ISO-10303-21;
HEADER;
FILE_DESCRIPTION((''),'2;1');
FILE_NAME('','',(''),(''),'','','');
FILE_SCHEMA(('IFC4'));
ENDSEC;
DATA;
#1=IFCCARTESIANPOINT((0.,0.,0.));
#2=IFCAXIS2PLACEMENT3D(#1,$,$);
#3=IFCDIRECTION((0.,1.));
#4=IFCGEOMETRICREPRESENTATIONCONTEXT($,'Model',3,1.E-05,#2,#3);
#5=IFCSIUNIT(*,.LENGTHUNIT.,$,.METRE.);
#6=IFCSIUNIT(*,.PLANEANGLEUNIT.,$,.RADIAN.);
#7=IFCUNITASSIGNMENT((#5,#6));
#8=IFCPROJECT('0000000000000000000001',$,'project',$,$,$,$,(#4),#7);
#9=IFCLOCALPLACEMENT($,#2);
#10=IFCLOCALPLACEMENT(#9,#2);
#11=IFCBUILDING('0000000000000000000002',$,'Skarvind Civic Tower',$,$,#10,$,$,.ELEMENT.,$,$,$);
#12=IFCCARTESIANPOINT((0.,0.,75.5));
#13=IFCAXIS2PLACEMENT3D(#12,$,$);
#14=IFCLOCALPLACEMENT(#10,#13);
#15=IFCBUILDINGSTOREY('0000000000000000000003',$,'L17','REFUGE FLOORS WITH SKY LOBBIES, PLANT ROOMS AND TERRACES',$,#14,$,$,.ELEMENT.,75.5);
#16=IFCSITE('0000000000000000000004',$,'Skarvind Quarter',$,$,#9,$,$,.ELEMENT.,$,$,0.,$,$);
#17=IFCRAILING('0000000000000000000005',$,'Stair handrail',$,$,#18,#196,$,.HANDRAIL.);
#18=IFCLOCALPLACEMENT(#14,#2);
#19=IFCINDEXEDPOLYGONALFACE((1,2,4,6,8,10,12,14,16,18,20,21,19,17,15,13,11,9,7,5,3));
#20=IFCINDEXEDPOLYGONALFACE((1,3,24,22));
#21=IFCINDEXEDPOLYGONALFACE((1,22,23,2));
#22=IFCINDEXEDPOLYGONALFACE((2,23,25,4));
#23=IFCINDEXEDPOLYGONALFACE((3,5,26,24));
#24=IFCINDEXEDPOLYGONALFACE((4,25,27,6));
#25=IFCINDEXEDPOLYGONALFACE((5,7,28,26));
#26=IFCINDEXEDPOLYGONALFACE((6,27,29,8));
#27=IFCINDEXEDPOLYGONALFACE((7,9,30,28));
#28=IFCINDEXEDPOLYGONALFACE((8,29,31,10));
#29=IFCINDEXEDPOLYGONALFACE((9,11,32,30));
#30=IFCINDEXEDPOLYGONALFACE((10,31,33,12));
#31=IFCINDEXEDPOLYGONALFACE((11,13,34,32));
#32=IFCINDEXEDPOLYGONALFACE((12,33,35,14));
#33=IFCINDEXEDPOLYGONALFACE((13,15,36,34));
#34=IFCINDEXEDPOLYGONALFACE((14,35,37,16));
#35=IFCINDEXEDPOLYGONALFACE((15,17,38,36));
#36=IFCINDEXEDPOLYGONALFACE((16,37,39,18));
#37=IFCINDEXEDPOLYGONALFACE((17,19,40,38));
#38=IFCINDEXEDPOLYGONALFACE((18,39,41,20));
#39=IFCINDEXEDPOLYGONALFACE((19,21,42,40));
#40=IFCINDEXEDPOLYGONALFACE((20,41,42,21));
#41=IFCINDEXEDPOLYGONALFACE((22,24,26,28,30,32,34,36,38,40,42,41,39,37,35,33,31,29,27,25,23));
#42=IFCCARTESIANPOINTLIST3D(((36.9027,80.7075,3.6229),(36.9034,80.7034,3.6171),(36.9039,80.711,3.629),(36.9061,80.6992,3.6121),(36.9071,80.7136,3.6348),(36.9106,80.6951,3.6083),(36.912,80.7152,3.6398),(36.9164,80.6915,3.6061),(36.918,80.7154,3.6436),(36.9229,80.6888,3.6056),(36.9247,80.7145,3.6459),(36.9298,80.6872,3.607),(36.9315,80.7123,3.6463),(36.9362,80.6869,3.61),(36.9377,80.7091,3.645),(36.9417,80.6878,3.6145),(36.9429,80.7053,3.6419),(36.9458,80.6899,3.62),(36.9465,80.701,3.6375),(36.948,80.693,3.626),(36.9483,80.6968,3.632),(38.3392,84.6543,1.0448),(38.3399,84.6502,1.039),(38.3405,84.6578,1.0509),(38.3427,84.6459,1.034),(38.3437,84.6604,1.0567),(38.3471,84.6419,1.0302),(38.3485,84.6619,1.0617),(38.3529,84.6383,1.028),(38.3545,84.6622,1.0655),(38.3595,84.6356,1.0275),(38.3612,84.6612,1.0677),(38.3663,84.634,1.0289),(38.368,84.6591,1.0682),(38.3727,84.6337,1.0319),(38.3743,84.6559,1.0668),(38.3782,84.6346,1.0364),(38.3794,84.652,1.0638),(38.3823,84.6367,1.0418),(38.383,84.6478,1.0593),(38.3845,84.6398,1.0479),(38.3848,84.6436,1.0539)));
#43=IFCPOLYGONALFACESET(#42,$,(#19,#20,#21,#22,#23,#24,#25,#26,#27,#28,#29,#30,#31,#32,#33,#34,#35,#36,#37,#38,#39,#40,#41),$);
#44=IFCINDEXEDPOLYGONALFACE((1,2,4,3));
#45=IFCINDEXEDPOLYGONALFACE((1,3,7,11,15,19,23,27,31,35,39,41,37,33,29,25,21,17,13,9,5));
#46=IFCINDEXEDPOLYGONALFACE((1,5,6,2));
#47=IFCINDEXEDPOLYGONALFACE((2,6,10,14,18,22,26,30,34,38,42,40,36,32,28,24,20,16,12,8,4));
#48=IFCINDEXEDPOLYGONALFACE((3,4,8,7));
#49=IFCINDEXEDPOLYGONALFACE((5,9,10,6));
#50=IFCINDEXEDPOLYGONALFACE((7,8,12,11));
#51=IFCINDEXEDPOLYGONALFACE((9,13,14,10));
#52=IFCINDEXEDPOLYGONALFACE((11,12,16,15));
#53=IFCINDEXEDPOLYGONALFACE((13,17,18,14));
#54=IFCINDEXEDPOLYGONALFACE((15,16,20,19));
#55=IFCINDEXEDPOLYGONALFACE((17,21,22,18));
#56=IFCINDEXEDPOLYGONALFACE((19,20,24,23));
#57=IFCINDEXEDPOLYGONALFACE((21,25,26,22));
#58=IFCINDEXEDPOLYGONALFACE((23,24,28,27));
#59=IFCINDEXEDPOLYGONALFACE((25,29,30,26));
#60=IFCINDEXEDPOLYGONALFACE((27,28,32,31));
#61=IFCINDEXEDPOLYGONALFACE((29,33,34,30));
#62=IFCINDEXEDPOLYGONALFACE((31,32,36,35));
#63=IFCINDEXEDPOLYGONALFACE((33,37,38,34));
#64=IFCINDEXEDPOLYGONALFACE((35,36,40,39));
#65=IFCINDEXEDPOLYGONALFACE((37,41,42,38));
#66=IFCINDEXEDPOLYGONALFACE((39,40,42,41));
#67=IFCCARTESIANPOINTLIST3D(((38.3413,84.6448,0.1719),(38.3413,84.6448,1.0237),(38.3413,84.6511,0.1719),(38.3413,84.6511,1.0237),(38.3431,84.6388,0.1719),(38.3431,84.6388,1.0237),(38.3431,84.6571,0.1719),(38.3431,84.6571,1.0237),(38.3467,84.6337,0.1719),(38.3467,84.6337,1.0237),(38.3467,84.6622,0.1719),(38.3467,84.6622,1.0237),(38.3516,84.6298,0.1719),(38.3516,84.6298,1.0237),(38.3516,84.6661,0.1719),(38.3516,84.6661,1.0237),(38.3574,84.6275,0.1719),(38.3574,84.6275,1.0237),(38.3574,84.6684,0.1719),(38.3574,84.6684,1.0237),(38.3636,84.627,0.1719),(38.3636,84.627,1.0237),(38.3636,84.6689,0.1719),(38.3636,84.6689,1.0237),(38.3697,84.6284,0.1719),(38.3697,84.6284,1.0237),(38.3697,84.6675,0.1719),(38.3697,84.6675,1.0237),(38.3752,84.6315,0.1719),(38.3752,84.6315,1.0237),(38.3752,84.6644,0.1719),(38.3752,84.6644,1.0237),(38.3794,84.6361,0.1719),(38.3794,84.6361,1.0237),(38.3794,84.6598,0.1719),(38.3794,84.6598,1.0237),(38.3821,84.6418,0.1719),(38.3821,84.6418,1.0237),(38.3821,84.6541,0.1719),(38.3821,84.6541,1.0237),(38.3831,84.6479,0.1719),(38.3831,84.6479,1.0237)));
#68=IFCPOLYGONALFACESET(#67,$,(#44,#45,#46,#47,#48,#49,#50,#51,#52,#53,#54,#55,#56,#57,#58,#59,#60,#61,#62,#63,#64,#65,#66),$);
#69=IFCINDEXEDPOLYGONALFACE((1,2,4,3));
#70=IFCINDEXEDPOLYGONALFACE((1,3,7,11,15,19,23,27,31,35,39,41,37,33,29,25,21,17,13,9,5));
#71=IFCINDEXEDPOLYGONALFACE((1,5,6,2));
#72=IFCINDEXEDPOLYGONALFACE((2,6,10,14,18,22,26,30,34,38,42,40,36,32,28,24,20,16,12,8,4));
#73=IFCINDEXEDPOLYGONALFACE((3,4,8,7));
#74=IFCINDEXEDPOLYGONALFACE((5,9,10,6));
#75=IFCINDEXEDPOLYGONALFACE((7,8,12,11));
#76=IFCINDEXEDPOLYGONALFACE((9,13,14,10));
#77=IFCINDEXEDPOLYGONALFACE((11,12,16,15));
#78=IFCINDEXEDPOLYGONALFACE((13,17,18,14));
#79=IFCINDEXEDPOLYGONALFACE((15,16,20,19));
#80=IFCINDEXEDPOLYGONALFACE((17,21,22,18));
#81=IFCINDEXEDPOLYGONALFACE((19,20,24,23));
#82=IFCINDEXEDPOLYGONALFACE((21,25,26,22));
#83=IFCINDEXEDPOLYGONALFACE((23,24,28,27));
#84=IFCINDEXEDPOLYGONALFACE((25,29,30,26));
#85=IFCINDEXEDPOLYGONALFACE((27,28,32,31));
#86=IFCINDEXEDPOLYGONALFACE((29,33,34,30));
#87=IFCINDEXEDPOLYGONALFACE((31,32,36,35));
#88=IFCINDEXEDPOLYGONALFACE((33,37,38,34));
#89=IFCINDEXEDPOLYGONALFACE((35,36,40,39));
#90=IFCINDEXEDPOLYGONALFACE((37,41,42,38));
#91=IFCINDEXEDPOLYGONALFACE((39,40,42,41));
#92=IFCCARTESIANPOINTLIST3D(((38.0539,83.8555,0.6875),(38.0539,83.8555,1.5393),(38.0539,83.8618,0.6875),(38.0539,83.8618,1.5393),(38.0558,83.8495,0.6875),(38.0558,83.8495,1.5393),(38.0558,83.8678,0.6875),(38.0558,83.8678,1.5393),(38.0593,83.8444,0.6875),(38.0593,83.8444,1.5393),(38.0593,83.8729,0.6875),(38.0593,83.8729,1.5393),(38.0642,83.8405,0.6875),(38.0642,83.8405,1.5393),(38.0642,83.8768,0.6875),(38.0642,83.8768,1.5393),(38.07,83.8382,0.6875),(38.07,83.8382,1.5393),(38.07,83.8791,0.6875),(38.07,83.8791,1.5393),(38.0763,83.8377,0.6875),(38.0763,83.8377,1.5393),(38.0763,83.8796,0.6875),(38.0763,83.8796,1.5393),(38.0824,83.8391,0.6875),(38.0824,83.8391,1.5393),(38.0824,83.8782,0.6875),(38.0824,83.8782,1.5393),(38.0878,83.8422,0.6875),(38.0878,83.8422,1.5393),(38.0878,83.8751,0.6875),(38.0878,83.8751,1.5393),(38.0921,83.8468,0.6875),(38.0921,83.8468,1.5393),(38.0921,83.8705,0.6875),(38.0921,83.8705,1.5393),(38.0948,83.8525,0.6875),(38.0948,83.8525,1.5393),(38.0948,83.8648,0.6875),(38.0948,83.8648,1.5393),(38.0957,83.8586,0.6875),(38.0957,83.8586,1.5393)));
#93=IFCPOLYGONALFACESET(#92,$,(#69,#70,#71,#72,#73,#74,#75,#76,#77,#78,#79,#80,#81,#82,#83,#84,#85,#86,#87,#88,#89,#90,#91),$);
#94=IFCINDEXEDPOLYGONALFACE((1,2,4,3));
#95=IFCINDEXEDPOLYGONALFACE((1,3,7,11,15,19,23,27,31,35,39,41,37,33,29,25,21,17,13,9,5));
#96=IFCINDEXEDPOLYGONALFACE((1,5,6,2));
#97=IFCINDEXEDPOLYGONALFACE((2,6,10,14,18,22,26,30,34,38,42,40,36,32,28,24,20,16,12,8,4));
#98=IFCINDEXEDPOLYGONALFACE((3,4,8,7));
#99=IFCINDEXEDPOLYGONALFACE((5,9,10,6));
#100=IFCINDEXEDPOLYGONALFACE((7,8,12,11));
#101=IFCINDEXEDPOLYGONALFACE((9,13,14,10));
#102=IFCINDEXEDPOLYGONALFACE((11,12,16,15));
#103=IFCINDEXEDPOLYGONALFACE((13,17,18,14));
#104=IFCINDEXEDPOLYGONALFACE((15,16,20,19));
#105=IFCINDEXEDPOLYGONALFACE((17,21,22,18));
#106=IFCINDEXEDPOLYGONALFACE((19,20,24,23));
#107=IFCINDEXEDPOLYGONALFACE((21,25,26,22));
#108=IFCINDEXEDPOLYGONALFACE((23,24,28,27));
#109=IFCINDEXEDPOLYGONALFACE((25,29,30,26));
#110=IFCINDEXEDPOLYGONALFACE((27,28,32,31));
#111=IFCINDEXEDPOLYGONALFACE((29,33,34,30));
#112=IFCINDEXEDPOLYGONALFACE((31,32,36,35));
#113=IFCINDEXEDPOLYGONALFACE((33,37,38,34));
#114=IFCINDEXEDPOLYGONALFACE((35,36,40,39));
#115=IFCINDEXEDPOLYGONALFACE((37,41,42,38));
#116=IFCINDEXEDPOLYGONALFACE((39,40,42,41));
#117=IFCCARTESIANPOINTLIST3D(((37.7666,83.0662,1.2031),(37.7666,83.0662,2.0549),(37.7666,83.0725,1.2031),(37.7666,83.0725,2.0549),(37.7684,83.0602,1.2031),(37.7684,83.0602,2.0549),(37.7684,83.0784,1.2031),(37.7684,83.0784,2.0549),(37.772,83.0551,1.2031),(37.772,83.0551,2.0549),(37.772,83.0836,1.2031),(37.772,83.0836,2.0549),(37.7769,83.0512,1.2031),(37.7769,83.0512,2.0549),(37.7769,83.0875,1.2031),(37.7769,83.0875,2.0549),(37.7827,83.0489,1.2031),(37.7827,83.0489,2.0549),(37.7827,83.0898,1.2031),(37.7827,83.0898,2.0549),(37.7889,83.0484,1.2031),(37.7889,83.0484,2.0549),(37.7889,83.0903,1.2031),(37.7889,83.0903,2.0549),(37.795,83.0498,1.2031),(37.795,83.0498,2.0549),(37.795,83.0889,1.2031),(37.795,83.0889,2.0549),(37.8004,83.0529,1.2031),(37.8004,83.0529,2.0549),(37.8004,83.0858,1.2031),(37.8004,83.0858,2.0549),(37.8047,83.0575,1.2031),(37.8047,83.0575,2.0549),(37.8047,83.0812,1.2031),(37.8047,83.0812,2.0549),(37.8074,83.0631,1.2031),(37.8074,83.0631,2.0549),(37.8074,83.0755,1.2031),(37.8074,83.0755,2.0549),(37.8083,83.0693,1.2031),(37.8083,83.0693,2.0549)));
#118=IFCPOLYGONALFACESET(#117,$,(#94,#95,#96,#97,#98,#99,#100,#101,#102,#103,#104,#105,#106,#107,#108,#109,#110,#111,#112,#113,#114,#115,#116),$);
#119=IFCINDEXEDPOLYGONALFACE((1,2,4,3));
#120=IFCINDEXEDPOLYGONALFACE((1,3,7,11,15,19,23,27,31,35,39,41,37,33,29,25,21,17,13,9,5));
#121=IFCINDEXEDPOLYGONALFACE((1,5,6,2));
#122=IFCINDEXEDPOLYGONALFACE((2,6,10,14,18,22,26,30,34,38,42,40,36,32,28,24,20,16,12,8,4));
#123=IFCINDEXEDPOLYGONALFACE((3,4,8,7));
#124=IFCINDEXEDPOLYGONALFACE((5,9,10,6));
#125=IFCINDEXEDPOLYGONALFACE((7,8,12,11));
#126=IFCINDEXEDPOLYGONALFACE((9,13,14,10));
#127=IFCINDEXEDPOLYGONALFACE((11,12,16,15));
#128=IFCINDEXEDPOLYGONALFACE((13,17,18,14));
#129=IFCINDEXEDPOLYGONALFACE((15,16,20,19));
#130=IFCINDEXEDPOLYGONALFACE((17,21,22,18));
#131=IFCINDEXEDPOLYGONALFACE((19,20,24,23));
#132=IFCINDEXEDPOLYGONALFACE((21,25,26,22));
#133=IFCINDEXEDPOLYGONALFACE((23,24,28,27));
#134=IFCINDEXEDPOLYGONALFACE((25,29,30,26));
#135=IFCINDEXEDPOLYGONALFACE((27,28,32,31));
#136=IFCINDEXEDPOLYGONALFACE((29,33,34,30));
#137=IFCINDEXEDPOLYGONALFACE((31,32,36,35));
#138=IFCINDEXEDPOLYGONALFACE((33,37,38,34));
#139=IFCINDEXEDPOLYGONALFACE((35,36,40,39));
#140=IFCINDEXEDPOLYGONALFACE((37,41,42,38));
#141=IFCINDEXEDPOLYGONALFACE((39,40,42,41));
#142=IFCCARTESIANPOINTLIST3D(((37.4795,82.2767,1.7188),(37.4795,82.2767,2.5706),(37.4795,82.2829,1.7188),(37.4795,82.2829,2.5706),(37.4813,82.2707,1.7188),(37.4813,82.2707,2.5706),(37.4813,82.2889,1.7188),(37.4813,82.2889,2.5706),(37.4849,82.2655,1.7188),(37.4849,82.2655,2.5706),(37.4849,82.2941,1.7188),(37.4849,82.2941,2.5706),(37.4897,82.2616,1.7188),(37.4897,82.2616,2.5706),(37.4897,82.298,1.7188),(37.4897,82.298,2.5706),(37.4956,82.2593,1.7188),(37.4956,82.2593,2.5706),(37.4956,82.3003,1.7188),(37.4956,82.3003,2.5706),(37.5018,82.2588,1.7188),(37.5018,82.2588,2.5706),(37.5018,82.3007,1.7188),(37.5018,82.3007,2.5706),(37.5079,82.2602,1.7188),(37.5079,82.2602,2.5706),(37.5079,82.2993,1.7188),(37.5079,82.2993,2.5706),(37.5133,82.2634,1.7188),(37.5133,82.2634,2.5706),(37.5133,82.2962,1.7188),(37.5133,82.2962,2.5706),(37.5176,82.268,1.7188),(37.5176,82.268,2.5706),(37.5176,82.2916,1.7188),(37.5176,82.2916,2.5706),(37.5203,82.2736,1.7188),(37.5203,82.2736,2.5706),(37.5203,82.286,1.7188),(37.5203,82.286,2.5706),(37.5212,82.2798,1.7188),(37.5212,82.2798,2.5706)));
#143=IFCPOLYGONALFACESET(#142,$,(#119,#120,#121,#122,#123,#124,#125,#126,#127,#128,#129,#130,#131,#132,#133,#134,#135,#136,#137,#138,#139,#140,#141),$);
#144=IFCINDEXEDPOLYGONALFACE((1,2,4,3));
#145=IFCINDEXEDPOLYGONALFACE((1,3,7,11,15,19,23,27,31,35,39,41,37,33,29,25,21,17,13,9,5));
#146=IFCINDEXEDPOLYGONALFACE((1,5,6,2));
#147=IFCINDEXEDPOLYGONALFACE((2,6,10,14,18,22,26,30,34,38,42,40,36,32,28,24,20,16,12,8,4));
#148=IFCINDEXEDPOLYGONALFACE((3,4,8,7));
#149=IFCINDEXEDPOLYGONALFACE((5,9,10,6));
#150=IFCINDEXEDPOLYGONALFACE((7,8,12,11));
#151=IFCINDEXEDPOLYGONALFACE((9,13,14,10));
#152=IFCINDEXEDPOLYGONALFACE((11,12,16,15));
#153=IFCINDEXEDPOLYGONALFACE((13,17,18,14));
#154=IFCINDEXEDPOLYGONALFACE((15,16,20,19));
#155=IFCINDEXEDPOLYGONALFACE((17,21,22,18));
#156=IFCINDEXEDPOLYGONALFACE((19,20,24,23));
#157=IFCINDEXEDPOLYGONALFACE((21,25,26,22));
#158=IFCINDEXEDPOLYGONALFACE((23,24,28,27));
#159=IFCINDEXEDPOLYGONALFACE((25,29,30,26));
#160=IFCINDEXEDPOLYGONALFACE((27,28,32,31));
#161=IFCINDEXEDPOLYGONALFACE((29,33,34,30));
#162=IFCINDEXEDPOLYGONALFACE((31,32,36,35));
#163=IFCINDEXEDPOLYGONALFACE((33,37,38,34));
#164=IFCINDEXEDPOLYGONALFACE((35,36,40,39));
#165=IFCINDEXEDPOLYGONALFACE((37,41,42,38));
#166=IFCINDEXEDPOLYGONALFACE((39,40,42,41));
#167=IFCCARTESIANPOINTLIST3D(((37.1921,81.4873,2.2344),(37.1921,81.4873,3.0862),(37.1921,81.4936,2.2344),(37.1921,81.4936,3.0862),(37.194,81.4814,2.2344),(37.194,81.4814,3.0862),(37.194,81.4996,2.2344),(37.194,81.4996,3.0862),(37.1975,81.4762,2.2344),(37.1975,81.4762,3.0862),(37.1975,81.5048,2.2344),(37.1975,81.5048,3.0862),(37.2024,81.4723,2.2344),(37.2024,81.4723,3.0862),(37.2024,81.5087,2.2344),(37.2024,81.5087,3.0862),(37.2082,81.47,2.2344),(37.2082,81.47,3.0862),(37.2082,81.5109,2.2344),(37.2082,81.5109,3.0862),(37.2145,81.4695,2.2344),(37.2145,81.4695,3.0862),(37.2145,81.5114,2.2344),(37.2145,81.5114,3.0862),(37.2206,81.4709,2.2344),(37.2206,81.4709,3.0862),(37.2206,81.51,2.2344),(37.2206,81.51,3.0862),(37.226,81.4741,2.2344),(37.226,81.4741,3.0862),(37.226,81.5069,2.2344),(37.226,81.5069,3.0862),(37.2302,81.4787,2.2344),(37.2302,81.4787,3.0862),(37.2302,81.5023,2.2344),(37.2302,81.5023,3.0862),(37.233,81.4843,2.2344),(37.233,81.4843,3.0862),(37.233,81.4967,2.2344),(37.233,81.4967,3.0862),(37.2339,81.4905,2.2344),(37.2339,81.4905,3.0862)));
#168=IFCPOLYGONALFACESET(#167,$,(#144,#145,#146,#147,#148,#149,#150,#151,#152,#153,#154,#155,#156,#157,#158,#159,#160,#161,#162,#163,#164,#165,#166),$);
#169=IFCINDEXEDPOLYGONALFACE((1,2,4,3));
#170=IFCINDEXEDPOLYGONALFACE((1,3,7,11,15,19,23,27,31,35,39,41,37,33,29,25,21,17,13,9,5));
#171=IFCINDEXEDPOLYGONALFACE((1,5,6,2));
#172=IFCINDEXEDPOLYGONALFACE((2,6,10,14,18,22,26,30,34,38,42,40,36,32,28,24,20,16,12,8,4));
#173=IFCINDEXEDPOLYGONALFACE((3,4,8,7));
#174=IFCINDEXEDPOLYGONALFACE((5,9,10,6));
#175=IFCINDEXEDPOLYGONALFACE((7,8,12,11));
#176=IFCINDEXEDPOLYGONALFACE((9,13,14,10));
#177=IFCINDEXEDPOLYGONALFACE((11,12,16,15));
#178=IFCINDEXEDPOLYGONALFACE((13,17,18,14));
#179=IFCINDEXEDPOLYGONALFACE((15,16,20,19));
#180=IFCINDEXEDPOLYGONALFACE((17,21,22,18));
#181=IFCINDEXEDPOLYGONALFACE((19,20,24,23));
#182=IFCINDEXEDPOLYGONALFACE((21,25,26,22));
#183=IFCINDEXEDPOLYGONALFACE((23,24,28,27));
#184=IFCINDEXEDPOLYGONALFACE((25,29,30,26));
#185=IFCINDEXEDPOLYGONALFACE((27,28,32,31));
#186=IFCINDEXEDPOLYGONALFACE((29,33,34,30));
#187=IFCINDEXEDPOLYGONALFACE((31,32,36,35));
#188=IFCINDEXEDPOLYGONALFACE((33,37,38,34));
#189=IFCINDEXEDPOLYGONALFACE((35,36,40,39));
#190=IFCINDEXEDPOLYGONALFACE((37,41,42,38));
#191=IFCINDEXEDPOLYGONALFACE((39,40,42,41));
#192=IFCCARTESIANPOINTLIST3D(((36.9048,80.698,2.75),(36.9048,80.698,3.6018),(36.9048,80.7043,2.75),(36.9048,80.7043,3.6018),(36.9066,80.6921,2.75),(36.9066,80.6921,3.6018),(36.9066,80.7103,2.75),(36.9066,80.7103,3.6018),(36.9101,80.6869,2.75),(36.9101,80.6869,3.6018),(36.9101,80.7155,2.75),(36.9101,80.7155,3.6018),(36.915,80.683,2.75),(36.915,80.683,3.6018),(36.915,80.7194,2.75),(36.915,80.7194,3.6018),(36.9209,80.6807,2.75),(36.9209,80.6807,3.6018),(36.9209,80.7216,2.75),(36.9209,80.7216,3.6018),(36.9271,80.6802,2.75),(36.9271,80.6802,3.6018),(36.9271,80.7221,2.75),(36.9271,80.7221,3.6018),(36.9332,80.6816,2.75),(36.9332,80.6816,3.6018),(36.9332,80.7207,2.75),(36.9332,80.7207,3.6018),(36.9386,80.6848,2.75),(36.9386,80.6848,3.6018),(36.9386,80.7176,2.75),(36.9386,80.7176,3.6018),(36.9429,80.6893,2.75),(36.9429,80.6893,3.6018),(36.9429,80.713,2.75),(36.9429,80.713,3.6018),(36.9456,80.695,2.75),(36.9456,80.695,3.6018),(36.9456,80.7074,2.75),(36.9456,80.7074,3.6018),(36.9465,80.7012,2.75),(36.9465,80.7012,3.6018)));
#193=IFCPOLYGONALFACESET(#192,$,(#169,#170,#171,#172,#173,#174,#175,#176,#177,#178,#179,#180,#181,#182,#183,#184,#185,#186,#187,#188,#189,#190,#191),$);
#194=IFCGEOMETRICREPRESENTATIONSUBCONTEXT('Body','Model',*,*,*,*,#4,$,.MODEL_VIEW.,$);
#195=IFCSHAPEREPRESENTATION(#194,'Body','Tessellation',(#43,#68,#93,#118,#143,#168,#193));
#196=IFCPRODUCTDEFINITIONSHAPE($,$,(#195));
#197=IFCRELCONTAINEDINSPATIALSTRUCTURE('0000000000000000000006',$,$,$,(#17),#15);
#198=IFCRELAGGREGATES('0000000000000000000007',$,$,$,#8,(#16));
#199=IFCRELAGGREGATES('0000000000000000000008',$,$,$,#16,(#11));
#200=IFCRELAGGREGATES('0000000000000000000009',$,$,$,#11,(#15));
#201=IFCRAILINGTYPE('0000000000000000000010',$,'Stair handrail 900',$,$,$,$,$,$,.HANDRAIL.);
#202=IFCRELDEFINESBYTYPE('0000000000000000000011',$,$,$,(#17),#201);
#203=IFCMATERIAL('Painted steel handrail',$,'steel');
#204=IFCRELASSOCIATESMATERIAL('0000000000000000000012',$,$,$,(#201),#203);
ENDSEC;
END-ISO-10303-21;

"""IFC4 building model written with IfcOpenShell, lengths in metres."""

from ifc_helpers import new_model, si_unit, direction, frame, origin, origin_2d, place, context, subcontext, project, spatial, circle, extrude, material, type_object, element, save


model = new_model("IFC4")

# Units and contexts
model_context = context("Model", 3, precision=1e-05, world=origin(), true_north=direction((0.0, 1.0)))
body_context = subcontext(model_context, "Body", "Model", "MODEL_VIEW")
ifc_project = project(units=[si_unit("LENGTHUNIT", "METRE"), si_unit("PLANEANGLEUNIT", "RADIAN")], contexts=[model_context])

# Site, building, storey
site_placement = place(None, origin())
site = spatial("IfcSite", under=ifc_project, at=site_placement, Name="Skarvind Quarter", CompositionType="ELEMENT", RefElevation=0.0)
building_placement = place(site_placement, origin())
building = spatial("IfcBuilding", under=site, at=building_placement, Name="Skarvind Civic Tower", CompositionType="ELEMENT")
storey_placement = place(building_placement, frame((0.0, 0.0, 75.5)))
storey = spatial("IfcBuildingStorey", under=building, at=storey_placement, Name="L17", Description="REFUGE FLOORS WITH SKY LOBBIES, PLANT ROOMS AND TERRACES", CompositionType="ELEMENT", Elevation=75.5)

# Railing
ifc_material_1 = material(Name="Painted steel handrail", Category="steel")
railing_type = type_object("IfcRailingType", Name="Stair handrail 900", PredefinedType="HANDRAIL", material=ifc_material_1)
railing_1_placement = place(storey_placement, frame((38.3621, 84.6479, 0.1719)))
element("IfcRailing", 1, at=railing_1_placement, inside=storey, type_object=railing_type, Name="Stair handrail", PredefinedType="HANDRAIL", context=body_context, shape_type="SweptSolid", body=[
    extrude(circle(Radius=0.0239, at=origin_2d()), frame((0.0, 0.0, 0.876), z_axis=(-0.291489, -0.800852, 0.523135), x_axis=(0.939692, -0.342023, 0.0)), (0.0, 0.0, 1.0), 4.9282),
    extrude(circle(Radius=0.021, at=origin_2d()), origin(), (0.0, 0.0, 1.0), 0.8518),
    extrude(circle(Radius=0.021, at=origin_2d()), frame((-0.2874, -0.7893, 0.5156)), (0.0, 0.0, 1.0), 0.8518),
    extrude(circle(Radius=0.021, at=origin_2d()), frame((-0.5747, -1.5786, 1.0312)), (0.0, 0.0, 1.0), 0.8518),
    extrude(circle(Radius=0.021, at=origin_2d()), frame((-0.8618, -2.3682, 1.5469)), (0.0, 0.0, 1.0), 0.8518),
    extrude(circle(Radius=0.021, at=origin_2d()), frame((-1.1492, -3.1575, 2.0625)), (0.0, 0.0, 1.0), 0.8518),
    extrude(circle(Radius=0.021, at=origin_2d()), frame((-1.4365, -3.9468, 2.5781)), (0.0, 0.0, 1.0), 0.8518),
])

save(model, "model.ifc")
